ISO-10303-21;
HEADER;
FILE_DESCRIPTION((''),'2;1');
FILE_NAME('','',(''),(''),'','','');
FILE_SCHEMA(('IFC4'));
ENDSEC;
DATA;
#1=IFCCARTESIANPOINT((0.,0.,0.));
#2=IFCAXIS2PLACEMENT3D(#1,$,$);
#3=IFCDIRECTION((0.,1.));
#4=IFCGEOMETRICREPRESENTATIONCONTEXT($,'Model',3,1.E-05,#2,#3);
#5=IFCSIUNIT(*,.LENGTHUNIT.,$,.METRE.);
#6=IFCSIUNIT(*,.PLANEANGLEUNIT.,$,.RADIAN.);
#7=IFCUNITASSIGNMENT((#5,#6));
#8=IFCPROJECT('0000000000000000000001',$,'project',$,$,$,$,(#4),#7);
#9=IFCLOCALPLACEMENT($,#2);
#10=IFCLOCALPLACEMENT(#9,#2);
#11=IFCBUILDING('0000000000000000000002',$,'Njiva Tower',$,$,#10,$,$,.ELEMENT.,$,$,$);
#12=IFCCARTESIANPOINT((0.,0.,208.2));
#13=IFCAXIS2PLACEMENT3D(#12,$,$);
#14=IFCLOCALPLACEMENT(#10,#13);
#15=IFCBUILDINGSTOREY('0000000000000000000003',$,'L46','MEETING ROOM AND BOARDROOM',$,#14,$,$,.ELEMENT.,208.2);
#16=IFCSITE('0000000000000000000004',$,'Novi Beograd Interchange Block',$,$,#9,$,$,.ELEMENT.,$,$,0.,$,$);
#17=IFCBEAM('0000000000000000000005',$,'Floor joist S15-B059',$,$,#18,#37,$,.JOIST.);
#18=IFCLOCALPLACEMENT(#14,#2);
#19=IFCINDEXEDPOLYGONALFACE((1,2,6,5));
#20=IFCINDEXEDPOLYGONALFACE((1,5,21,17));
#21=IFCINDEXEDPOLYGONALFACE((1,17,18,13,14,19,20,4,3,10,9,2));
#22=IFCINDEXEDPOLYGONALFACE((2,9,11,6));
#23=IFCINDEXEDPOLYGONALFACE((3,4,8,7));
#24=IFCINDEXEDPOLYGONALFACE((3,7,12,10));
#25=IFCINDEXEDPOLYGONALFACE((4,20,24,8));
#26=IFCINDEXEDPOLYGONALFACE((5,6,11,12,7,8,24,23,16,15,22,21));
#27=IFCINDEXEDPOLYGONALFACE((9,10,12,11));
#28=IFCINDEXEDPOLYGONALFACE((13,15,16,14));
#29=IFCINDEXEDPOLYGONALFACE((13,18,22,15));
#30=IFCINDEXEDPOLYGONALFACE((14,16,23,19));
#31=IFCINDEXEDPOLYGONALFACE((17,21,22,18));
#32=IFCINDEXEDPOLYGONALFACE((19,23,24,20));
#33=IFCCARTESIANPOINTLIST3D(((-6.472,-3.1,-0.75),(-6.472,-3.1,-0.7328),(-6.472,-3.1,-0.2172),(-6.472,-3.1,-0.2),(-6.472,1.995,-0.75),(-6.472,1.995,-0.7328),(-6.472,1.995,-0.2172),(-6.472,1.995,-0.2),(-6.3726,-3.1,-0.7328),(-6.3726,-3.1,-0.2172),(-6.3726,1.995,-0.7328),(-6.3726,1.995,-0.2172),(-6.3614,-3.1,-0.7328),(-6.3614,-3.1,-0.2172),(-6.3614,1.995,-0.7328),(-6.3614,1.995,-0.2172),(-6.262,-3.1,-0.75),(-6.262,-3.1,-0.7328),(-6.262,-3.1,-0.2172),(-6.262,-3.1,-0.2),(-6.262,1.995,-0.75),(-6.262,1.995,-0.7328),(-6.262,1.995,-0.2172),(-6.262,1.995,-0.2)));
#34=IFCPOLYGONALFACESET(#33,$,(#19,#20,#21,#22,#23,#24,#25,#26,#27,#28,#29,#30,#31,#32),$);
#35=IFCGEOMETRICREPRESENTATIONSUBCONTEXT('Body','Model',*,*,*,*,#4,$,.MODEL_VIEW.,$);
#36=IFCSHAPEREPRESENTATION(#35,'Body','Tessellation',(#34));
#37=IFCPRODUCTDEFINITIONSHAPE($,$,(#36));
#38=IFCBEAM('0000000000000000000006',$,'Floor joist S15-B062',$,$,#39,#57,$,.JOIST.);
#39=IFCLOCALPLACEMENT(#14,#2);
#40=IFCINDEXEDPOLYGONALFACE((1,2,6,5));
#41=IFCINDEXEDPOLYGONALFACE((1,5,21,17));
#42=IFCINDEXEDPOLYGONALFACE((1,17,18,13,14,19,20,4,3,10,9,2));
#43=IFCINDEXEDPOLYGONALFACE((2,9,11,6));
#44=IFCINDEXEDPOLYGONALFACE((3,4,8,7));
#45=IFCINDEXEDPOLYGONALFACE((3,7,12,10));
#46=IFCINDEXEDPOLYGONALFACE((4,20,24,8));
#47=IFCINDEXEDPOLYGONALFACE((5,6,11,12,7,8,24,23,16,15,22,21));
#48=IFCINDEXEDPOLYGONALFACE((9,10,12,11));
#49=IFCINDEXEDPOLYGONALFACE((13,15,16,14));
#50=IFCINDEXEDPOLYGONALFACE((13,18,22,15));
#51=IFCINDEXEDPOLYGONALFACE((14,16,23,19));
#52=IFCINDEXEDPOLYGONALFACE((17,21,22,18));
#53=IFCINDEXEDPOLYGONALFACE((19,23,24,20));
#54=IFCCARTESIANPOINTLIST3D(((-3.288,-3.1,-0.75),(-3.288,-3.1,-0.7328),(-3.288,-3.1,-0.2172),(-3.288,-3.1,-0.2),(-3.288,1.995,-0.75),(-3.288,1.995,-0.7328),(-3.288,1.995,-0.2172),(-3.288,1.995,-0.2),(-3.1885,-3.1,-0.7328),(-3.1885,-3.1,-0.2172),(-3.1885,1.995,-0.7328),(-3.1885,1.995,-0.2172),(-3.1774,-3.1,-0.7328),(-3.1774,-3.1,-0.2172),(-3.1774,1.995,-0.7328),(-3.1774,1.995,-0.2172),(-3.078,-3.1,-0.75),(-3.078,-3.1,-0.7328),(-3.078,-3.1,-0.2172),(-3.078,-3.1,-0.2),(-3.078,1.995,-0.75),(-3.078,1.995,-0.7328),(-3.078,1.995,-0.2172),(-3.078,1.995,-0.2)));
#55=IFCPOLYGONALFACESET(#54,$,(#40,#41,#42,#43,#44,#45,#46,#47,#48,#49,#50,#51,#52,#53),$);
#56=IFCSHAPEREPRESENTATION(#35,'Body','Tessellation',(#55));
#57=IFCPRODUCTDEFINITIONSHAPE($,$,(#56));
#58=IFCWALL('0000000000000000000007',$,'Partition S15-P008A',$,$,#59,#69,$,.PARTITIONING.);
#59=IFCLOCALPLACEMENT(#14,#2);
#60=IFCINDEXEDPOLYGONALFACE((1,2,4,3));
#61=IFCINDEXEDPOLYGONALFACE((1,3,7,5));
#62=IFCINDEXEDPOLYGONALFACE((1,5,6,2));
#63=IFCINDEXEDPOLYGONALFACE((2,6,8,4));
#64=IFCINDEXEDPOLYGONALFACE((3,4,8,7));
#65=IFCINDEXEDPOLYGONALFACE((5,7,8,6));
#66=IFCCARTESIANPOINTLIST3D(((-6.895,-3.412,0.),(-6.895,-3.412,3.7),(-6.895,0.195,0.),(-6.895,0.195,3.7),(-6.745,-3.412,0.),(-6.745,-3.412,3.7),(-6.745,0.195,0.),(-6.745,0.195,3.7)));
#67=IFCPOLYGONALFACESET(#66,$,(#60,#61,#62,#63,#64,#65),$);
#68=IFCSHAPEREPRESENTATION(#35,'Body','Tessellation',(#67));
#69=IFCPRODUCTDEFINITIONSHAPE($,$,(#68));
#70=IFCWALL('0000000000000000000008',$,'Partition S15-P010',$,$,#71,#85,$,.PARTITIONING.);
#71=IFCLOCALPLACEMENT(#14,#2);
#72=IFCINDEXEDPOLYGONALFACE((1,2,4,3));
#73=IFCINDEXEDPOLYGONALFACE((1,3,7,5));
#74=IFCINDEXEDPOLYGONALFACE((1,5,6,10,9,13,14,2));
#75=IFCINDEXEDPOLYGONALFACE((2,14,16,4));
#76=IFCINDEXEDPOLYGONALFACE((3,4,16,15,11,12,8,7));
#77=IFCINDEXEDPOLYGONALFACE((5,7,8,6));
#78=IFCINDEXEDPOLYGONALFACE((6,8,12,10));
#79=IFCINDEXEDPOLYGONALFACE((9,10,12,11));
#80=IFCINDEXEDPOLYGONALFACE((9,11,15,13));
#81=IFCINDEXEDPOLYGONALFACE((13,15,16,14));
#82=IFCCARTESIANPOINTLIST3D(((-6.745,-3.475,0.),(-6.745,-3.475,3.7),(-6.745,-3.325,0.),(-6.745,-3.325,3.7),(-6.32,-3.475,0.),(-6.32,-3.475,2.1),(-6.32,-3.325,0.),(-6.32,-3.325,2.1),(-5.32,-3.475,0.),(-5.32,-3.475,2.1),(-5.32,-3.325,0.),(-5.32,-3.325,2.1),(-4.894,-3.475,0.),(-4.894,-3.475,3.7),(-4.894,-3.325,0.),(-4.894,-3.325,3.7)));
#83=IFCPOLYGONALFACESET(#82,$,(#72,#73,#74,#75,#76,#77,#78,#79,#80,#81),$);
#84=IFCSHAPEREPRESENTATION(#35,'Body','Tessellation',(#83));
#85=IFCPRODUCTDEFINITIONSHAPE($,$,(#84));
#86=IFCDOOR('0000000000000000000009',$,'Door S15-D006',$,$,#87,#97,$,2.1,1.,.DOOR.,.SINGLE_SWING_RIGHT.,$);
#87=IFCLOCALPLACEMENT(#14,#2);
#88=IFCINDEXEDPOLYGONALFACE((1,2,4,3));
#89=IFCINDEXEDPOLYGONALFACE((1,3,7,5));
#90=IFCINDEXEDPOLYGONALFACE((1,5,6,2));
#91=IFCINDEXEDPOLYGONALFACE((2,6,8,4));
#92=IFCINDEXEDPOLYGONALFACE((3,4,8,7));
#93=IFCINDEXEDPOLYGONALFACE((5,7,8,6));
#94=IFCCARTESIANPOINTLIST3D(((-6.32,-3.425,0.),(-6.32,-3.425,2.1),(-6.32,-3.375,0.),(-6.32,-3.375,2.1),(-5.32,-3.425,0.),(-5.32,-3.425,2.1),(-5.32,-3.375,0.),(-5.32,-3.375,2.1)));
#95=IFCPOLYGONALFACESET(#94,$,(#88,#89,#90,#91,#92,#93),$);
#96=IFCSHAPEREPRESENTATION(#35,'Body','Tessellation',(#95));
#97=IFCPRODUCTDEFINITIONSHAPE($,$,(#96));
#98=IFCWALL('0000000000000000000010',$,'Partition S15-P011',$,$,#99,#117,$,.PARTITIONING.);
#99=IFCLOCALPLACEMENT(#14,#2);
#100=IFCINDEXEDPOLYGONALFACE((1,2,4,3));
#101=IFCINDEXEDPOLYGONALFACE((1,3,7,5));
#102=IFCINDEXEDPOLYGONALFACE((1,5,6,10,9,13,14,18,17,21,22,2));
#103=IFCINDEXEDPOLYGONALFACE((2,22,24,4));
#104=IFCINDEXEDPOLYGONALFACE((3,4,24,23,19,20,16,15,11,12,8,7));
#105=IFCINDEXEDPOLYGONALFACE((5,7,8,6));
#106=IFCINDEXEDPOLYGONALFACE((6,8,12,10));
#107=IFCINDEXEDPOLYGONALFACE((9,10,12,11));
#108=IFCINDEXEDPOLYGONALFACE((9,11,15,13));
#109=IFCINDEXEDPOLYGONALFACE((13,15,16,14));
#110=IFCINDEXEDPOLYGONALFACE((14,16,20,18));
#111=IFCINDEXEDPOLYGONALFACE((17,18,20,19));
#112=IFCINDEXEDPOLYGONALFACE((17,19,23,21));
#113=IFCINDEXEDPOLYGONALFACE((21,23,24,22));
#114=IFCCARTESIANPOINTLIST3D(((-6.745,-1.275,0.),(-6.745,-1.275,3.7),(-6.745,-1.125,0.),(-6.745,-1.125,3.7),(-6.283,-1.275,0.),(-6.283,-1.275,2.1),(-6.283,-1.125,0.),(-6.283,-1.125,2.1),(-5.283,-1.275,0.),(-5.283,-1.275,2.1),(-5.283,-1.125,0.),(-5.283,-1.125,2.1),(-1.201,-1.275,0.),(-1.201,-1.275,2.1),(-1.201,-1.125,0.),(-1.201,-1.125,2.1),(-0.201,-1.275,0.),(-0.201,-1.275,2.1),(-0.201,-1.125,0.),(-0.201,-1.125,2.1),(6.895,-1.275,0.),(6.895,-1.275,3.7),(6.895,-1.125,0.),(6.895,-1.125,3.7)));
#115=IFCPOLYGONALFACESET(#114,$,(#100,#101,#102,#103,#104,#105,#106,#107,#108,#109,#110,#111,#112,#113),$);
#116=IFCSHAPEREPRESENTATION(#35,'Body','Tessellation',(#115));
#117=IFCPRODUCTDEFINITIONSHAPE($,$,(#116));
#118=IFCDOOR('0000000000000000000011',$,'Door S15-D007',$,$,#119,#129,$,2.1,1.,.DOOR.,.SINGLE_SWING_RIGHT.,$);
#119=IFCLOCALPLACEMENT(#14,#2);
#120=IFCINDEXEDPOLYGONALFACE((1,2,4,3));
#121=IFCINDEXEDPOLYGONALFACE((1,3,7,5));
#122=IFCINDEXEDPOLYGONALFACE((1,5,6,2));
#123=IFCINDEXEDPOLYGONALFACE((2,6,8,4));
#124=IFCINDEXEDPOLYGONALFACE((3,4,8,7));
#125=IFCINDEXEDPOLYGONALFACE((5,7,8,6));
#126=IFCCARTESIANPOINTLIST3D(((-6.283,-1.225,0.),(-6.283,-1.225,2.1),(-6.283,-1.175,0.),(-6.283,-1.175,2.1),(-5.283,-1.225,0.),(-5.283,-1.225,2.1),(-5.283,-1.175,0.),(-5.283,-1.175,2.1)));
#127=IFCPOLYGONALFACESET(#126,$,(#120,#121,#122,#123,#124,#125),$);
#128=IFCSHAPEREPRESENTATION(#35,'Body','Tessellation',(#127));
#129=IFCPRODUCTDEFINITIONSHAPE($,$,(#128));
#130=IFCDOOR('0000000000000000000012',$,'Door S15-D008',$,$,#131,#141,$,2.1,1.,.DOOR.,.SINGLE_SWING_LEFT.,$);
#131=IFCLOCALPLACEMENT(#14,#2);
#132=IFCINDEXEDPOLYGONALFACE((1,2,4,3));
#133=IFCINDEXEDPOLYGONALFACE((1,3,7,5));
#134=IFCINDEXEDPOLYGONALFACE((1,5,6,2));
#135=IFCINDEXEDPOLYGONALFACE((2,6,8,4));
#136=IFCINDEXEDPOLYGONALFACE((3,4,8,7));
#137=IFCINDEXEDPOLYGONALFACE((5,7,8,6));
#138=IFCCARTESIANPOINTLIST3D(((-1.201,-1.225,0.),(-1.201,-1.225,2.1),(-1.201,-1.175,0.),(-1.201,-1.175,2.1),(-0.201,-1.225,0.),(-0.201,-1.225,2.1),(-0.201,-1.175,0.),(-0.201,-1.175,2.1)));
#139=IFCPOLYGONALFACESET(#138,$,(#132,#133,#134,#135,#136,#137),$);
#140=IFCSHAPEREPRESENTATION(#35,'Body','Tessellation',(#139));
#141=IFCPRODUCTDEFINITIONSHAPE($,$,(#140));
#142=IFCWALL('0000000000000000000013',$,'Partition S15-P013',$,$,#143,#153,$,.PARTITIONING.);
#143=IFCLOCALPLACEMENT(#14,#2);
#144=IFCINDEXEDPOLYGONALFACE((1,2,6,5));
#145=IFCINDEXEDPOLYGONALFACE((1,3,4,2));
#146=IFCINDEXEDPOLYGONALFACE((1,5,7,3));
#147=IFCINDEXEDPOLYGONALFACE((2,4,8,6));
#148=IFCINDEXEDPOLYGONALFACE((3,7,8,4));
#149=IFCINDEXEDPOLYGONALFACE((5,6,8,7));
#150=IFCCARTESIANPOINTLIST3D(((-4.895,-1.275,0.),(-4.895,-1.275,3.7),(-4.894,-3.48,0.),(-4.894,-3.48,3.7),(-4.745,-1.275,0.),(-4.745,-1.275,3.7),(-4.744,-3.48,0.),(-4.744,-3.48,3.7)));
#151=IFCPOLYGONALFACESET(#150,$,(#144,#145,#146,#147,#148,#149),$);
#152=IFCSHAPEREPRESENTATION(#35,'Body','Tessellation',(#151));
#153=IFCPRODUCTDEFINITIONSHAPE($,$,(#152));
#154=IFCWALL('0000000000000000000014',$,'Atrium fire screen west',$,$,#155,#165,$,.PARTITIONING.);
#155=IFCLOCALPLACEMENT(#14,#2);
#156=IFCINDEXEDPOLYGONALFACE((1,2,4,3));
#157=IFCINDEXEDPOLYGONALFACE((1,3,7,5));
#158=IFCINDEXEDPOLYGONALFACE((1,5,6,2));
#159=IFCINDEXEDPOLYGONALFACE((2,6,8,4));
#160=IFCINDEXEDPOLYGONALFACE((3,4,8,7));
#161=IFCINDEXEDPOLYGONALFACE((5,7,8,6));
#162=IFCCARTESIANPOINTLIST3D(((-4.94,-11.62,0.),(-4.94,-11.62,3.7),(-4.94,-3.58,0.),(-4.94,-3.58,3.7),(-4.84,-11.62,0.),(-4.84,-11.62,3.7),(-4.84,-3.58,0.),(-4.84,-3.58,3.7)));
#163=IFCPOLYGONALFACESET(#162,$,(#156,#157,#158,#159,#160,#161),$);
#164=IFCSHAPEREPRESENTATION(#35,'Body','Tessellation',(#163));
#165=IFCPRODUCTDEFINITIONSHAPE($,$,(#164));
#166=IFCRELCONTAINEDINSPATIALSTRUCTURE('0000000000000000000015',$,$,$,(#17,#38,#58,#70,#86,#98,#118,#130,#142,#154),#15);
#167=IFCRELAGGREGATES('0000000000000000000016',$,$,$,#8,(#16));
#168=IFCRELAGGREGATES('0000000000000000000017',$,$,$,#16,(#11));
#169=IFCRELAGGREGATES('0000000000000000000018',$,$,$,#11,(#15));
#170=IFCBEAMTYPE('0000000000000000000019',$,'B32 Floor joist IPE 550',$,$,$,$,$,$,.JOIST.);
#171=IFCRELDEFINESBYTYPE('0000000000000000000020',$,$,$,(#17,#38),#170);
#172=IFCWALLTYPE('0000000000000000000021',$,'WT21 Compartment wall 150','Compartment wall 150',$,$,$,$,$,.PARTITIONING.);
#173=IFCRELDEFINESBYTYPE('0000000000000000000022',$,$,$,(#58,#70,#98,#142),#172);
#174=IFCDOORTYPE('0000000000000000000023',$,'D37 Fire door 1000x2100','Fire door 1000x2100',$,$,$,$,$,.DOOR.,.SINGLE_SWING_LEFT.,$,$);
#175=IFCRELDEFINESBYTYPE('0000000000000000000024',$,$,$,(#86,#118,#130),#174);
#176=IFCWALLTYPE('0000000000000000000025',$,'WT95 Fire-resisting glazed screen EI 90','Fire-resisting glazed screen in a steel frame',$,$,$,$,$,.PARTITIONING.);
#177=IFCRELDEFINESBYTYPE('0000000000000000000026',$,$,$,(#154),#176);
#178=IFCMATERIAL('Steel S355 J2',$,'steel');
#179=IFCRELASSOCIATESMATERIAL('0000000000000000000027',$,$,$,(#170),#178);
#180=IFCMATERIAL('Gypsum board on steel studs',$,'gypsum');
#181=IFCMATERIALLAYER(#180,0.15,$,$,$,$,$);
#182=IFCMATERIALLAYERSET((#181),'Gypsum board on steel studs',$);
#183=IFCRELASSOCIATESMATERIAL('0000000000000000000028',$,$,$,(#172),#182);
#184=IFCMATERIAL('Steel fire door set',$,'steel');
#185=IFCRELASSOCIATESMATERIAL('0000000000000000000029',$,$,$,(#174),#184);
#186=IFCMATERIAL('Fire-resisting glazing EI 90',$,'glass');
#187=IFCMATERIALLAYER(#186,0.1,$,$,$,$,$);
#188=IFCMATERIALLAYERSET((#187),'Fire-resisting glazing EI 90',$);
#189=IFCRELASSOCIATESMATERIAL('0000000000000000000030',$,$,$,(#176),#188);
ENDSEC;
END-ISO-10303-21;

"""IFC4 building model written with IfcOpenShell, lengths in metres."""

from ifc_helpers import new_model, si_unit, direction, frame, frame_2d, origin, origin_2d, place, context, subcontext, project, spatial, rectangle, i_section, extrude, material, layer, layer_set, material_profile, profile_set, type_object, element, fill, save


model = new_model("IFC4")

# Units and contexts
model_context = context("Model", 3, precision=1e-05, world=origin(), true_north=direction((0.0, 1.0)))
body_context = subcontext(model_context, "Body", "Model", "MODEL_VIEW")
ifc_project = project(units=[si_unit("LENGTHUNIT", "METRE"), si_unit("PLANEANGLEUNIT", "RADIAN")], contexts=[model_context])

# Site, building, storey
site_placement = place(None, origin())
site = spatial("IfcSite", under=ifc_project, at=site_placement, Name="Novi Beograd Interchange Block", CompositionType="ELEMENT", RefElevation=0.0)
building_placement = place(site_placement, origin())
building = spatial("IfcBuilding", under=site, at=building_placement, Name="Njiva Tower", CompositionType="ELEMENT")
storey_placement = place(building_placement, frame((0.0, 0.0, 208.2)))
storey = spatial("IfcBuildingStorey", under=building, at=storey_placement, Name="L46", Description="MEETING ROOM AND BOARDROOM", CompositionType="ELEMENT", Elevation=208.2)

# Shared definitions
ifc_material_1 = material(Name="Steel S355 J2", Category="steel")

# Beams
ifc_material_profile_1 = material_profile(ifc_material_1, i_section(OverallWidth=0.21, OverallDepth=0.55, WebThickness=0.0111, FlangeThickness=0.0172, at=origin_2d()), Name="IPE 550")
ifc_profile_set_1 = profile_set([ifc_material_profile_1], Name="Steel S355 J2")
beam_type_1 = type_object("IfcBeamType", Name="B32 Floor joist IPE 550", PredefinedType="JOIST", material=ifc_profile_set_1)
for number, where, z_axis, x_axis, name in (
    (1, (-6.367, 1.995, -0.475), (0.0, -1.0, 0.0), (1.0, 0.0, 0.0), "Floor joist S15-B059"),
    (2, (-3.183, 1.995, -0.475), (0.0, -1.0, 0.0), (1.0, 0.0, 0.0), "Floor joist S15-B062"),
):
    element("IfcBeam", number, at=place(storey_placement, frame(where, z_axis=z_axis, x_axis=x_axis)), inside=storey, type_object=beam_type_1, Name=name, PredefinedType="JOIST", context=body_context, shape_type="SweptSolid", body=[
        extrude(i_section(OverallWidth=0.21, OverallDepth=0.55, WebThickness=0.0111, FlangeThickness=0.0172, at=origin_2d()), origin(), (0.0, 0.0, 1.0), 5.095),
    ])

# Wall
ifc_material_2 = material(Name="Gypsum board on steel studs", Category="gypsum")
ifc_layer_1 = layer(ifc_material_2, 0.15)
ifc_layer_set_1 = layer_set([ifc_layer_1], Name="Gypsum board on steel studs")
wall_type_1 = type_object("IfcWallType", Name="WT21 Compartment wall 150", Description="Compartment wall 150", PredefinedType="PARTITIONING", material=ifc_layer_set_1)
wall_1_placement = place(storey_placement, frame((-6.82, -3.412, 0.0), z_axis=(0.0, 0.0, 1.0), x_axis=(0.0, 1.0, 0.0)))
element("IfcWall", 3, at=wall_1_placement, inside=storey, type_object=wall_type_1, Name="Partition S15-P008A", PredefinedType="PARTITIONING", context=body_context, shape_type="SweptSolid", body=[
    extrude(rectangle(XDim=3.607, YDim=0.15, at=frame_2d((1.8035, 0.0))), origin(), (0.0, 0.0, 1.0), 3.7),
])

# Wall, opening, door
wall_2_placement = place(storey_placement, frame((-6.745, -3.4, 0.0), z_axis=(0.0, 0.0, 1.0), x_axis=(1.0, 0.0, 0.0)))
wall_2 = element("IfcWall", 4, at=wall_2_placement, inside=storey, type_object=wall_type_1, Name="Partition S15-P010", PredefinedType="PARTITIONING", context=body_context, shape_type="SweptSolid", body=[
    extrude(rectangle(XDim=1.851, YDim=0.15, at=frame_2d((0.9255, 0.0))), origin(), (0.0, 0.0, 1.0), 3.7),
])
opening_1_placement = place(wall_2_placement, frame((0.425, 0.0, 0.0)))
opening_1 = element("IfcOpeningElement", 5, at=opening_1_placement, cuts=wall_2, PredefinedType="OPENING", context=body_context, shape_type="SweptSolid", body=[
    extrude(rectangle(XDim=1.0, YDim=2.1, at=frame_2d((0.5, 1.05))), frame((0.0, 0.085, 0.0), z_axis=(0.0, -1.0, 0.0), x_axis=(1.0, 0.0, 0.0)), (0.0, 0.0, 1.0), 0.17),
])
ifc_material_3 = material(Name="Steel fire door set", Category="steel")
door_type = type_object("IfcDoorType", Name="D37 Fire door 1000x2100", Description="Fire door 1000x2100", OperationType="SINGLE_SWING_LEFT", PredefinedType="DOOR", material=ifc_material_3)
door_1_placement = place(opening_1_placement, origin())
door_1 = element("IfcDoor", 6, at=door_1_placement, inside=storey, type_object=door_type, Name="Door S15-D006", OperationType="SINGLE_SWING_RIGHT", OverallHeight=2.1, OverallWidth=1.0, PredefinedType="DOOR", context=body_context, shape_type="SweptSolid", body=[
    extrude(rectangle(XDim=1.0, YDim=2.1, at=frame_2d((0.5, 1.05))), frame((0.0, 0.025, 0.0), z_axis=(0.0, -1.0, 0.0), x_axis=(1.0, 0.0, 0.0)), (0.0, 0.0, 1.0), 0.05),
])
fill(opening_1, door_1)

# Wall, openings, doors
wall_3_placement = place(storey_placement, frame((-6.745, -1.2, 0.0), z_axis=(0.0, 0.0, 1.0), x_axis=(1.0, 0.0, 0.0)))
wall_3 = element("IfcWall", 7, at=wall_3_placement, inside=storey, type_object=wall_type_1, Name="Partition S15-P011", PredefinedType="PARTITIONING", context=body_context, shape_type="SweptSolid", body=[
    extrude(rectangle(XDim=13.64, YDim=0.15, at=frame_2d((6.82, 0.0))), origin(), (0.0, 0.0, 1.0), 3.7),
])
opening_2_placement = place(wall_3_placement, frame((0.462, 0.0, 0.0)))
opening_2 = element("IfcOpeningElement", 8, at=opening_2_placement, cuts=wall_3, PredefinedType="OPENING", context=body_context, shape_type="SweptSolid", body=[
    extrude(rectangle(XDim=1.0, YDim=2.1, at=frame_2d((0.5, 1.05))), frame((0.0, 0.085, 0.0), z_axis=(0.0, -1.0, 0.0), x_axis=(1.0, 0.0, 0.0)), (0.0, 0.0, 1.0), 0.17),
])
opening_3_placement = place(wall_3_placement, frame((5.544, 0.0, 0.0)))
opening_3 = element("IfcOpeningElement", 9, at=opening_3_placement, cuts=wall_3, PredefinedType="OPENING", context=body_context, shape_type="SweptSolid", body=[
    extrude(rectangle(XDim=1.0, YDim=2.1, at=frame_2d((0.5, 1.05))), frame((0.0, 0.085, 0.0), z_axis=(0.0, -1.0, 0.0), x_axis=(1.0, 0.0, 0.0)), (0.0, 0.0, 1.0), 0.17),
])
door_2_placement = place(opening_2_placement, origin())
door_2 = element("IfcDoor", 10, at=door_2_placement, inside=storey, type_object=door_type, Name="Door S15-D007", OperationType="SINGLE_SWING_RIGHT", OverallHeight=2.1, OverallWidth=1.0, PredefinedType="DOOR", context=body_context, shape_type="SweptSolid", body=[
    extrude(rectangle(XDim=1.0, YDim=2.1, at=frame_2d((0.5, 1.05))), frame((0.0, 0.025, 0.0), z_axis=(0.0, -1.0, 0.0), x_axis=(1.0, 0.0, 0.0)), (0.0, 0.0, 1.0), 0.05),
])
fill(opening_2, door_2)
door_3_placement = place(opening_3_placement, origin())
door_3 = element("IfcDoor", 11, at=door_3_placement, inside=storey, type_object=door_type, Name="Door S15-D008", OperationType="SINGLE_SWING_LEFT", OverallHeight=2.1, OverallWidth=1.0, PredefinedType="DOOR", context=body_context, shape_type="SweptSolid", body=[
    extrude(rectangle(XDim=1.0, YDim=2.1, at=frame_2d((0.5, 1.05))), frame((0.0, 0.025, 0.0), z_axis=(0.0, -1.0, 0.0), x_axis=(1.0, 0.0, 0.0)), (0.0, 0.0, 1.0), 0.05),
])
fill(opening_3, door_3)

# Walls
wall_4_placement = place(storey_placement, frame((-4.819, -3.48, 0.0), z_axis=(0.0, 0.0, 1.0), x_axis=(-0.000454, 1.0, 0.0)))
element("IfcWall", 12, at=wall_4_placement, inside=storey, type_object=wall_type_1, Name="Partition S15-P013", PredefinedType="PARTITIONING", context=body_context, shape_type="SweptSolid", body=[
    extrude(rectangle(XDim=2.205, YDim=0.15, at=frame_2d((1.1025, 0.0))), origin(), (0.0, 0.0, 1.0), 3.7),
])
ifc_material_4 = material(Name="Fire-resisting glazing EI 90", Category="glass")
ifc_layer_2 = layer(ifc_material_4, 0.1)
ifc_layer_set_2 = layer_set([ifc_layer_2], Name="Fire-resisting glazing EI 90")
wall_type_2 = type_object("IfcWallType", Name="WT95 Fire-resisting glazed screen EI 90", Description="Fire-resisting glazed screen in a steel frame", PredefinedType="PARTITIONING", material=ifc_layer_set_2)
wall_5_placement = place(storey_placement, frame((-4.89, -3.58, 0.0), z_axis=(0.0, 0.0, 1.0), x_axis=(0.0, -1.0, 0.0)))
element("IfcWall", 13, at=wall_5_placement, inside=storey, type_object=wall_type_2, Name="Atrium fire screen west", PredefinedType="PARTITIONING", context=body_context, shape_type="SweptSolid", body=[
    extrude(rectangle(XDim=8.04, YDim=0.1, at=frame_2d((4.02, 0.0))), origin(), (0.0, 0.0, 1.0), 3.7),
])

save(model, "model.ifc")
